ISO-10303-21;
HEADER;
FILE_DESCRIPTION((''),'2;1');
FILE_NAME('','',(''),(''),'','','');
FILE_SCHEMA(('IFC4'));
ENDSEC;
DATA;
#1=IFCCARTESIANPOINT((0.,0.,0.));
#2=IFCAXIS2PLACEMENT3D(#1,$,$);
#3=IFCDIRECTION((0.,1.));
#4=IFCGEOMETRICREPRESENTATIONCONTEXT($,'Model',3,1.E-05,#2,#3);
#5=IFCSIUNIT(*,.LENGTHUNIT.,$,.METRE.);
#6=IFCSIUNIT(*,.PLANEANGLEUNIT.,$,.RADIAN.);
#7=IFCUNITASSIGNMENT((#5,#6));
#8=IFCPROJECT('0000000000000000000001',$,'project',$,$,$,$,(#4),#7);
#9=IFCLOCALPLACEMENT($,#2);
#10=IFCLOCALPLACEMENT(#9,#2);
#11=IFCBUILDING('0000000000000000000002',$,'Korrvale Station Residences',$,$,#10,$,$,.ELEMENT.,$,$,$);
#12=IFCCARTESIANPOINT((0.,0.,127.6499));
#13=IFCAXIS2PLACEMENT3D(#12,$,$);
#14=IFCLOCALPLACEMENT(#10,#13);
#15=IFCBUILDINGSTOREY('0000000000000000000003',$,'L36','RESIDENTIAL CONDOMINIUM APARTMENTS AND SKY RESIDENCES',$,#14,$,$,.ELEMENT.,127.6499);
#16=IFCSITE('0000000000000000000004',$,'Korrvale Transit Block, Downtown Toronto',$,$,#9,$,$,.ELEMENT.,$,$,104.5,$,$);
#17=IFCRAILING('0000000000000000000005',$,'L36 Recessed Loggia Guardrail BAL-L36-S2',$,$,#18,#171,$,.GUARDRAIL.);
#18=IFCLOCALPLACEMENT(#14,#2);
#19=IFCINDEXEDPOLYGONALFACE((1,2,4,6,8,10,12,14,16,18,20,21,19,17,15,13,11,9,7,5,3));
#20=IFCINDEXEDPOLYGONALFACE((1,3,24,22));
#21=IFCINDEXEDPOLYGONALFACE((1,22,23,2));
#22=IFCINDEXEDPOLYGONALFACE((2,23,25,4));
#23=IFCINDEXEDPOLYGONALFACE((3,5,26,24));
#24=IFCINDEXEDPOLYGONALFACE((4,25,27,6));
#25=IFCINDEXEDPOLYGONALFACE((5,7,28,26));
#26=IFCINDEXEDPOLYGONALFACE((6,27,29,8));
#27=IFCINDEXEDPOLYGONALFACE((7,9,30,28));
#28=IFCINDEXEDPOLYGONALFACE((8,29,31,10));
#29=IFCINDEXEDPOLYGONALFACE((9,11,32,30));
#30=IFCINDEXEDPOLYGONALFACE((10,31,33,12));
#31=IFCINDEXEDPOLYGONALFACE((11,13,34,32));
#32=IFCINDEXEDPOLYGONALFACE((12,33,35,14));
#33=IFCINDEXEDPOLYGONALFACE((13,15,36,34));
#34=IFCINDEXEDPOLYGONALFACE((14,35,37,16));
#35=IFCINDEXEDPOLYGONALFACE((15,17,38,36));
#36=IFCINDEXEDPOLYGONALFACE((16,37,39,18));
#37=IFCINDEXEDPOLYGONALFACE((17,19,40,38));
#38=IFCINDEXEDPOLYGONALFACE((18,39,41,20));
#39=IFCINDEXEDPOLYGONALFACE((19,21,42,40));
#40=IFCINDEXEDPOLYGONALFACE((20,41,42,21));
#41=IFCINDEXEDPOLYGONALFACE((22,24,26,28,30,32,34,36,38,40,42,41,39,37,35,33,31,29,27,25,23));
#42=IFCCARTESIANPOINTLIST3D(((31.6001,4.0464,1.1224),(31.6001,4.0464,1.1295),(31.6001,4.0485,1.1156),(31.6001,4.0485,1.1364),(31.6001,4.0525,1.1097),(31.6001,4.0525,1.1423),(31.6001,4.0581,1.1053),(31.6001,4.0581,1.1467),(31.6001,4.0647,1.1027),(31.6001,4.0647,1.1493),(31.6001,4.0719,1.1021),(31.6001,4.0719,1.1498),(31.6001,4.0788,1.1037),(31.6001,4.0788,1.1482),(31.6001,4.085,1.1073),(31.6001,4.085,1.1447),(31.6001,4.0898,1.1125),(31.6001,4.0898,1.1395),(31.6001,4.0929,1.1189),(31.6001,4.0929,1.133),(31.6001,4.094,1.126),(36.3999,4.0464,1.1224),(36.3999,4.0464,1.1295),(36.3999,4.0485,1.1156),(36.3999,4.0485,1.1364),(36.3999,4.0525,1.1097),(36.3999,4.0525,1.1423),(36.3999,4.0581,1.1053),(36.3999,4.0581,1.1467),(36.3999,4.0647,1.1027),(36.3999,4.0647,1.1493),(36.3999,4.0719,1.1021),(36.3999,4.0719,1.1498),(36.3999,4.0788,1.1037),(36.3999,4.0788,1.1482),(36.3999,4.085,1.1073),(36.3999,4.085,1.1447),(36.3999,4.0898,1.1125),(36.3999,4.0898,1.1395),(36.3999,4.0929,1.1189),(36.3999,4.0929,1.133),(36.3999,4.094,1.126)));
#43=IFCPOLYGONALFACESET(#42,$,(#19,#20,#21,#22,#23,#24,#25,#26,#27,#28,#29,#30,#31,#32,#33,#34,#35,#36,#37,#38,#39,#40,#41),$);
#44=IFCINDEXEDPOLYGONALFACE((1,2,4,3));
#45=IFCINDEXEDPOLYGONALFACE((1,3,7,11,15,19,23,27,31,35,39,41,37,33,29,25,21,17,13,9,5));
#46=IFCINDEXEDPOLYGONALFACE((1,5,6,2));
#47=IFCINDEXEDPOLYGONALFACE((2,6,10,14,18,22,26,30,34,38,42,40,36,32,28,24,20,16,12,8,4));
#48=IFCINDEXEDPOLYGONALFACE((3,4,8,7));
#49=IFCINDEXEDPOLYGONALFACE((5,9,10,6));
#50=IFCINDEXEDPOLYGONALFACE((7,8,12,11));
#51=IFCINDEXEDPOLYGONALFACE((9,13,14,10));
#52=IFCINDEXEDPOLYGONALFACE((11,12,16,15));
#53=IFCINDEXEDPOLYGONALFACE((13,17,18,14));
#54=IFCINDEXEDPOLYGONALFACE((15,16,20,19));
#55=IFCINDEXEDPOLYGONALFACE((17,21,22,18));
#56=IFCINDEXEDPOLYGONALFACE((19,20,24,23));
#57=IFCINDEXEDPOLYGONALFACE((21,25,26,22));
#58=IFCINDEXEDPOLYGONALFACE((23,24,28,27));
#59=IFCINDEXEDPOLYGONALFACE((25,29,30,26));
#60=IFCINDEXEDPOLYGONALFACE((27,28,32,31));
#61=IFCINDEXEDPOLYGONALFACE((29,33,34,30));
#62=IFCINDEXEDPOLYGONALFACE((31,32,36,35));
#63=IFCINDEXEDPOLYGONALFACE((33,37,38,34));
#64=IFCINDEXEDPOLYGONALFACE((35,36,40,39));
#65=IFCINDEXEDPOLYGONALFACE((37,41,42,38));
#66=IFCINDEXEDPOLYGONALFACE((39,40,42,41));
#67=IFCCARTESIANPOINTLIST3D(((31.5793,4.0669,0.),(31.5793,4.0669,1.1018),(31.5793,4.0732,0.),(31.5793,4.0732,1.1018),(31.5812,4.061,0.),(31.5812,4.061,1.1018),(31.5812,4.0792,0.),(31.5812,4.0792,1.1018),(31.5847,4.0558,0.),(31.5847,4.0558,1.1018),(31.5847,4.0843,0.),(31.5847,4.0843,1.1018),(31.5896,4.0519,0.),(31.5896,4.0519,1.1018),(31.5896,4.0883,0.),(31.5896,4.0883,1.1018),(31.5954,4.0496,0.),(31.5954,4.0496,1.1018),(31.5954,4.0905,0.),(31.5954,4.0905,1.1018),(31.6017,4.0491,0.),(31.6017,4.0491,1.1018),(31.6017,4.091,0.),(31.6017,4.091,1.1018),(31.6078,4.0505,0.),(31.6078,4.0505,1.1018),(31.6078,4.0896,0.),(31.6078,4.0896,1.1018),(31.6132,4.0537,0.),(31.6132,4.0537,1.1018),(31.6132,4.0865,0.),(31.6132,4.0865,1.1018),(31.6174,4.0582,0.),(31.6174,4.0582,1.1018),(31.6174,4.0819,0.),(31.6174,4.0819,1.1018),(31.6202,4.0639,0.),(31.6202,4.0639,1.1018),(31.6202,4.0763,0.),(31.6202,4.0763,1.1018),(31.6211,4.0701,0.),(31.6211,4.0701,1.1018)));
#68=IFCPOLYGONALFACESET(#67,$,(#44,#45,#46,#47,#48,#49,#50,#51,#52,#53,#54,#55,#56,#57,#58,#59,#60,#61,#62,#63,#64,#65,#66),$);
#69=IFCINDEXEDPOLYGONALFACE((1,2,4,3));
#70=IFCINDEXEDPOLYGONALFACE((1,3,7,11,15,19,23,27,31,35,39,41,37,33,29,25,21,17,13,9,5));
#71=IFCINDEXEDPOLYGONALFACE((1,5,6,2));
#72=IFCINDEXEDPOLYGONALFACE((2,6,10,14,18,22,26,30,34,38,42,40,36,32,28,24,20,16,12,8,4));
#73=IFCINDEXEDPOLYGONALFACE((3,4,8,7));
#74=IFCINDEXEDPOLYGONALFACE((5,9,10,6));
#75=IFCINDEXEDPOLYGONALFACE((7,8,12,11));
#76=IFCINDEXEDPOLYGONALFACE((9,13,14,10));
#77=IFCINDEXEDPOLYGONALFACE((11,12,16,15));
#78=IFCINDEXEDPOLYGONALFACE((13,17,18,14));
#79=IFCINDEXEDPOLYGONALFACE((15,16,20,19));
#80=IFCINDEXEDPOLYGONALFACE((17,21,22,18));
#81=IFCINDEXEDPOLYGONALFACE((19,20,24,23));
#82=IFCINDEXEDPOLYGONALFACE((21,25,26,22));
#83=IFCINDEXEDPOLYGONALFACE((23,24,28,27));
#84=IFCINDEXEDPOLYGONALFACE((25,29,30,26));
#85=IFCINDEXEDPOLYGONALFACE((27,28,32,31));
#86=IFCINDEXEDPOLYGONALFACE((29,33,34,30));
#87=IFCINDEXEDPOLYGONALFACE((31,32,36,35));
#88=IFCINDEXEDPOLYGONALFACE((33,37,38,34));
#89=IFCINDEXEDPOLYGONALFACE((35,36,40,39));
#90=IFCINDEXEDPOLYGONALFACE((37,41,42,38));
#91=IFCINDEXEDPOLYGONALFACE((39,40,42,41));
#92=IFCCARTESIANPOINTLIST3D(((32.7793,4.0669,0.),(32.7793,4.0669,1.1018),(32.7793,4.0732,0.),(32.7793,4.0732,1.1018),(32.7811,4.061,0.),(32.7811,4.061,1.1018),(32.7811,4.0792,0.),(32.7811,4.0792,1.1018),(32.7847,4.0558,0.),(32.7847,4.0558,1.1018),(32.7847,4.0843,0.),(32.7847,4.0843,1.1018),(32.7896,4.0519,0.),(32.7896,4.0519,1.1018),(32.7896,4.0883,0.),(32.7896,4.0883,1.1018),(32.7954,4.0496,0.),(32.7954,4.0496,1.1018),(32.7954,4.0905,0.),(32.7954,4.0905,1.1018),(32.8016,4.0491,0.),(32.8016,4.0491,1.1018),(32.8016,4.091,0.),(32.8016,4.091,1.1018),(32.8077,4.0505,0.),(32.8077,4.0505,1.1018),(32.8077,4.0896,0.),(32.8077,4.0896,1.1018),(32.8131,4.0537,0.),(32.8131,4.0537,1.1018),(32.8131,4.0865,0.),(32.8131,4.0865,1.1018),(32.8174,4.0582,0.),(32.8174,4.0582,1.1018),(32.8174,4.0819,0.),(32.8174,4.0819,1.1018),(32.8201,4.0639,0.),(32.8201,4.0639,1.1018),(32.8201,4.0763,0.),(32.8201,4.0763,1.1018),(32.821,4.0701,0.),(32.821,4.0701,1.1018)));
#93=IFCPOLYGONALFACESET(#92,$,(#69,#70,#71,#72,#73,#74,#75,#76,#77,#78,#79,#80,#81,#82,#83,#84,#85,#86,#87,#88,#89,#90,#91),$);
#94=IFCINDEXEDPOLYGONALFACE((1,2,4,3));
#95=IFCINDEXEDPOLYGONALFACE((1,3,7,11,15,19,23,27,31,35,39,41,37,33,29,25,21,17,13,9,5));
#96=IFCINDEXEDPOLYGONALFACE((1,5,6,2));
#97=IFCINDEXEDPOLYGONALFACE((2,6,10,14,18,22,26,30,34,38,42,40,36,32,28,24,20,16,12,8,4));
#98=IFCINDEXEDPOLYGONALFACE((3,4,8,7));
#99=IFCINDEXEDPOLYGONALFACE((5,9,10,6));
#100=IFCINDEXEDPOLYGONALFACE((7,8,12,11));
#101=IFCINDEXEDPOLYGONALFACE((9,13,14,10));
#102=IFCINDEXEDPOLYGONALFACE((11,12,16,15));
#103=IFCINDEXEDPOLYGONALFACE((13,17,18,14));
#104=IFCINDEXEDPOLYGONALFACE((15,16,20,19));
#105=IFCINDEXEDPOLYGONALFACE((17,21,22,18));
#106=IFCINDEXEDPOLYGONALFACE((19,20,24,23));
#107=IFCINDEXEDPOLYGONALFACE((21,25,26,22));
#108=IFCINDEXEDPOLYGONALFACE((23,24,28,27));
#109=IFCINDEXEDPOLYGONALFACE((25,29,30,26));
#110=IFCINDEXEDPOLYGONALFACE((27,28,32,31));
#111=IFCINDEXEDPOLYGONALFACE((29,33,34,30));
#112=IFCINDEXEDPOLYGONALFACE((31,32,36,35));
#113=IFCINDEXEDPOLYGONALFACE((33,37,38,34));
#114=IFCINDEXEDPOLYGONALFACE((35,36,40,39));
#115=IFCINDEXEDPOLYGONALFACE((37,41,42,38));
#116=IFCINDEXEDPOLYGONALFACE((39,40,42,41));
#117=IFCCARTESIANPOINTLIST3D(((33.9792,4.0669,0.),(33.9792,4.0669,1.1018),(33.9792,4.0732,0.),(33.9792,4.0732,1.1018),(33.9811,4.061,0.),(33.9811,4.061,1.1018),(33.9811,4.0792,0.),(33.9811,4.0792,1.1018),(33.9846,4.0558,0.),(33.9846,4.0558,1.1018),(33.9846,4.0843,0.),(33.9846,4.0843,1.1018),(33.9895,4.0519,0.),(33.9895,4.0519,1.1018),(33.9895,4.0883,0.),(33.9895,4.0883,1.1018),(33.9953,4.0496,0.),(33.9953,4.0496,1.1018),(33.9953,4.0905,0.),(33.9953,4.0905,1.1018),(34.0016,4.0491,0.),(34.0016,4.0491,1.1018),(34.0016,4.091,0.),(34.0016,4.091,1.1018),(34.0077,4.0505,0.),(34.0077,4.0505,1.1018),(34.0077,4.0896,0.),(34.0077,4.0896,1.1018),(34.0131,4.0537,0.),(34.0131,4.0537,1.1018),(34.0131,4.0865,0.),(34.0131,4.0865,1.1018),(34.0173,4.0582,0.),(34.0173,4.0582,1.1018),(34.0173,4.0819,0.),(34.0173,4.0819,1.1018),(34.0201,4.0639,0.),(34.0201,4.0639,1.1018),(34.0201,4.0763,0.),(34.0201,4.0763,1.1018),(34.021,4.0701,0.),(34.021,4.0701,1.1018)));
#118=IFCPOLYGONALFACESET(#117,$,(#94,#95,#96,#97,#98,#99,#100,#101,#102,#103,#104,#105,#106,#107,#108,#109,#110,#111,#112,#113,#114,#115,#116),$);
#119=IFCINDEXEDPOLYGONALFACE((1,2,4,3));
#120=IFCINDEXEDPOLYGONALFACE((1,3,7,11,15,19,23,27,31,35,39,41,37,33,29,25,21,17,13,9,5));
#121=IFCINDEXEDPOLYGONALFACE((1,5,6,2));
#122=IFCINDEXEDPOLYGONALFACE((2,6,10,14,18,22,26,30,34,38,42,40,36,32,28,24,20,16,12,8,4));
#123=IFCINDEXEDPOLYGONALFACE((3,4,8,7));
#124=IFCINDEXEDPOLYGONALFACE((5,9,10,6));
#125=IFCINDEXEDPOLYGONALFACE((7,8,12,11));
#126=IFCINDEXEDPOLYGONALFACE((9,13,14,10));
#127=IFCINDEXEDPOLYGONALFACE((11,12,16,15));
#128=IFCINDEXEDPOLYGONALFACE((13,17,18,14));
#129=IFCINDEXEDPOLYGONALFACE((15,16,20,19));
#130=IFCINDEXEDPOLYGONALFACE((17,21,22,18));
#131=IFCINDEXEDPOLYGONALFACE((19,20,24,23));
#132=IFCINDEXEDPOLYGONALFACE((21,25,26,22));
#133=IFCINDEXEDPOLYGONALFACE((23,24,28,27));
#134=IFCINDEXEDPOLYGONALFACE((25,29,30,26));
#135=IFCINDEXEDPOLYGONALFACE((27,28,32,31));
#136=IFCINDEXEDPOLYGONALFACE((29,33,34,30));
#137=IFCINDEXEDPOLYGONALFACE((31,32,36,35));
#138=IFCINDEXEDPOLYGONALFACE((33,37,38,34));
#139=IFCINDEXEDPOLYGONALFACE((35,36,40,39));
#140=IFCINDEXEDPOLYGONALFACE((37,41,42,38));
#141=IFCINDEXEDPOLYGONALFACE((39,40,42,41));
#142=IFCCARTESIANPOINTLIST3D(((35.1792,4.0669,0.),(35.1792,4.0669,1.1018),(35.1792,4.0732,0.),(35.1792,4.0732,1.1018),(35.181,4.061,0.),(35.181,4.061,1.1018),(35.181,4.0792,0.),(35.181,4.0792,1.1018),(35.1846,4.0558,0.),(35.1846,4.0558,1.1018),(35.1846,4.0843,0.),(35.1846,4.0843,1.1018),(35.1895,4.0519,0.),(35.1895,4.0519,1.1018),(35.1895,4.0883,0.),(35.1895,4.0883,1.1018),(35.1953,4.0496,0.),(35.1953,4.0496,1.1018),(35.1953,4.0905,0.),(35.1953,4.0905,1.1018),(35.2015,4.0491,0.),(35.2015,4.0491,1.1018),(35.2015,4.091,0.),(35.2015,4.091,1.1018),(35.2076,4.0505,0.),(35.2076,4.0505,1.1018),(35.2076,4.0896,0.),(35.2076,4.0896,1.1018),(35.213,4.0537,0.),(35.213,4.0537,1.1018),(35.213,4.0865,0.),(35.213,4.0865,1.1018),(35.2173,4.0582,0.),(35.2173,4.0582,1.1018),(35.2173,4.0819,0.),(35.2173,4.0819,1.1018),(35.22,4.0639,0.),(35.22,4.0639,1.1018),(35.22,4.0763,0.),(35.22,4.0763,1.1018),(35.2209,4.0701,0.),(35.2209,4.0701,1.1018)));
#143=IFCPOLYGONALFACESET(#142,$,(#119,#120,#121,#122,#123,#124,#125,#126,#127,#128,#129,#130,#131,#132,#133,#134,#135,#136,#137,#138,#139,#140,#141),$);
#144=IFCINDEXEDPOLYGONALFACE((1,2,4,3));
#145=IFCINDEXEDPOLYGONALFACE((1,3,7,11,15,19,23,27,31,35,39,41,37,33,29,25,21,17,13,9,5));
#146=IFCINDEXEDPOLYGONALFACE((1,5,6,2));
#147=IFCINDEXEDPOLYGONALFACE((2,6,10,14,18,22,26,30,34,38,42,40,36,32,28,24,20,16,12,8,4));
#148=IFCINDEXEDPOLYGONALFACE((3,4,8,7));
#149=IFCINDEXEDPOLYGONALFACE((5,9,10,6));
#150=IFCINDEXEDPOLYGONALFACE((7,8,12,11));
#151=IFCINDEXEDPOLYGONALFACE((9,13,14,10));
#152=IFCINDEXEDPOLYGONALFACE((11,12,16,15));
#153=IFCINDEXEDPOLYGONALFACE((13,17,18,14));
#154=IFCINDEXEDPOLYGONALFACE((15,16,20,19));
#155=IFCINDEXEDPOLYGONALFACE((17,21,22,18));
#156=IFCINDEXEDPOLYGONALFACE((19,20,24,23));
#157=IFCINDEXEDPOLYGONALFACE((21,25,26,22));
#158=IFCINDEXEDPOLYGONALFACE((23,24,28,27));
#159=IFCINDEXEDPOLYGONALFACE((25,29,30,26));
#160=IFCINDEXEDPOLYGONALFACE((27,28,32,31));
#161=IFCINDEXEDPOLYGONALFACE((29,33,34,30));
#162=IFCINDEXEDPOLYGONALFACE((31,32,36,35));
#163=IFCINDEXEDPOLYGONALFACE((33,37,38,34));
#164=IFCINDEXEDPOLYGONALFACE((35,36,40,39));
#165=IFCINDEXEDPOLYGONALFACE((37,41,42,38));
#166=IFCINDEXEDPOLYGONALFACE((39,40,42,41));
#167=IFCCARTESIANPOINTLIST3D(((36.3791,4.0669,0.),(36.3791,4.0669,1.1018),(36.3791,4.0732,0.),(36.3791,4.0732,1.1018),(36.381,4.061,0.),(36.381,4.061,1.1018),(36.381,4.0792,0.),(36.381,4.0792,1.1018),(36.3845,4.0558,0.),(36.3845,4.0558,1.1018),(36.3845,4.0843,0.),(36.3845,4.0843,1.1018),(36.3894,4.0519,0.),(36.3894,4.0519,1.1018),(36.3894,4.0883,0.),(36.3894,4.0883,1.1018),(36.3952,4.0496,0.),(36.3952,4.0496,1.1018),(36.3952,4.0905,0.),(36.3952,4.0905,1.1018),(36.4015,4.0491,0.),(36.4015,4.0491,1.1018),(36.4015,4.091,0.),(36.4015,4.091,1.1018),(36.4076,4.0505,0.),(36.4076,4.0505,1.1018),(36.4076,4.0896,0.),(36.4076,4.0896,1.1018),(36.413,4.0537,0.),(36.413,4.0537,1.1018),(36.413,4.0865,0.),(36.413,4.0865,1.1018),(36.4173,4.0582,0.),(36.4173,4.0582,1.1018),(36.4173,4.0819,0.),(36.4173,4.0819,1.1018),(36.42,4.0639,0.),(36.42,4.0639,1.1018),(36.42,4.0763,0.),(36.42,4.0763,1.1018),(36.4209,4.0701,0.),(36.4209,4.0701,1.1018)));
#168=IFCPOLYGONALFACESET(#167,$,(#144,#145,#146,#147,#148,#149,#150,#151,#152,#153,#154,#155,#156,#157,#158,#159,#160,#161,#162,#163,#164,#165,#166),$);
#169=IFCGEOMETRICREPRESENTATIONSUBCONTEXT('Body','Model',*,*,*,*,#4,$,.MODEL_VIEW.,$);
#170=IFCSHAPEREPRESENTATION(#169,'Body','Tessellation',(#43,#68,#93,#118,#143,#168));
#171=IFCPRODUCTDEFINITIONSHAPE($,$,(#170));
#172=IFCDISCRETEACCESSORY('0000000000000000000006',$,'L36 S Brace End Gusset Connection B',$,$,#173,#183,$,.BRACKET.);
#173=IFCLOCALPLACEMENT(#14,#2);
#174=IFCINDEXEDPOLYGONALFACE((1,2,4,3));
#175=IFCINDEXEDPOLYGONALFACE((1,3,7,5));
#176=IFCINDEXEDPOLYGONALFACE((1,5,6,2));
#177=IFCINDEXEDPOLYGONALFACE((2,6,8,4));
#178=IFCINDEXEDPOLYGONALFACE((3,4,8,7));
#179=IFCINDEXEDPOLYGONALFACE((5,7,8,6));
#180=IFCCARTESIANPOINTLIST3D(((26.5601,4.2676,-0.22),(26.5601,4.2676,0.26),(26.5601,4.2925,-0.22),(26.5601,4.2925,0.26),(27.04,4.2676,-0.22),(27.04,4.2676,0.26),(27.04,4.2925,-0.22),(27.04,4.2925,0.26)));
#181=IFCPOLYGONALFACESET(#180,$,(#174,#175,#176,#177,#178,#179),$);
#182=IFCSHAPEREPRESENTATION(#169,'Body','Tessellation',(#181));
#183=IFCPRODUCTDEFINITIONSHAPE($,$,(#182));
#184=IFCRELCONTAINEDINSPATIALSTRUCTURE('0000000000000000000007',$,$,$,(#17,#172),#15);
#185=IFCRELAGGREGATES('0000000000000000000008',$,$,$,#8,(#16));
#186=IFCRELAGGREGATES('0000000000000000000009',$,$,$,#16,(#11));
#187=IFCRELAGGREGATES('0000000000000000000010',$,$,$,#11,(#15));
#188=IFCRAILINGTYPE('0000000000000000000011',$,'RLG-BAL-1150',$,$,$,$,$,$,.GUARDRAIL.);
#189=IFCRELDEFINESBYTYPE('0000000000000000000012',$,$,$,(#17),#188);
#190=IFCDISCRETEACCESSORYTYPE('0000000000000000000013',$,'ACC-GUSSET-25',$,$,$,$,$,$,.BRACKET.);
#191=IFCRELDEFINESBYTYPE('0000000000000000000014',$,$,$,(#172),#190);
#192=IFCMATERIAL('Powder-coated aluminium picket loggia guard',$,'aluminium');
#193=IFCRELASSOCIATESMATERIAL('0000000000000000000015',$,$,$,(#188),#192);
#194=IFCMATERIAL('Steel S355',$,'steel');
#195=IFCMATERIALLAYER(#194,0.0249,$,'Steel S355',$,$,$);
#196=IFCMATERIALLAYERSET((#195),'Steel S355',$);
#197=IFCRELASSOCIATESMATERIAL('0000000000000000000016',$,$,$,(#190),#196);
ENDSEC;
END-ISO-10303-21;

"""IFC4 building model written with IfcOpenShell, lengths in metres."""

from ifc_helpers import new_model, si_unit, direction, frame, origin, origin_2d, place, context, subcontext, project, spatial, rectangle, circle, extrude, material, layer, layer_set, type_object, element, save


model = new_model("IFC4")

# Units and contexts
model_context = context("Model", 3, precision=1e-05, world=origin(), true_north=direction((0.0, 1.0)))
body_context = subcontext(model_context, "Body", "Model", "MODEL_VIEW")
ifc_project = project(units=[si_unit("LENGTHUNIT", "METRE"), si_unit("PLANEANGLEUNIT", "RADIAN")], contexts=[model_context])

# Site, building, storey
site_placement = place(None, origin())
site = spatial("IfcSite", under=ifc_project, at=site_placement, Name="Korrvale Transit Block, Downtown Toronto", CompositionType="ELEMENT", RefElevation=104.5)
building_placement = place(site_placement, origin())
building = spatial("IfcBuilding", under=site, at=building_placement, Name="Korrvale Station Residences", CompositionType="ELEMENT")
storey_placement = place(building_placement, frame((0.0, 0.0, 127.6499)))
storey = spatial("IfcBuildingStorey", under=building, at=storey_placement, Name="L36", Description="RESIDENTIAL CONDOMINIUM APARTMENTS AND SKY RESIDENCES", CompositionType="ELEMENT", Elevation=127.6499)

# Shared definitions
ifc_material_1 = material(Name="Steel S355", Category="steel")

# Railing
ifc_material_2 = material(Name="Powder-coated aluminium picket loggia guard", Category="aluminium")
railing_type = type_object("IfcRailingType", Name="RLG-BAL-1150", PredefinedType="GUARDRAIL", material=ifc_material_2)
railing_placement = place(storey_placement, frame((31.6001, 4.0701, 0.0)))
element("IfcRailing", 1, at=railing_placement, inside=storey, type_object=railing_type, Name="L36 Recessed Loggia Guardrail BAL-L36-S2", PredefinedType="GUARDRAIL", context=body_context, shape_type="SweptSolid", body=[
    extrude(circle(Radius=0.0239, at=origin_2d()), frame((0.0, 0.0, 1.126), z_axis=(1.0, 0.0, 0.0), x_axis=(0.0, 1.0, 0.0)), (0.0, 0.0, 1.0), 4.7998),
    extrude(circle(Radius=0.021, at=origin_2d()), origin(), (0.0, 0.0, 1.0), 1.1018),
    extrude(circle(Radius=0.021, at=origin_2d()), frame((1.2, 0.0, 0.0)), (0.0, 0.0, 1.0), 1.1018),
    extrude(circle(Radius=0.021, at=origin_2d()), frame((2.3999, 0.0, 0.0)), (0.0, 0.0, 1.0), 1.1018),
    extrude(circle(Radius=0.021, at=origin_2d()), frame((3.5999, 0.0, 0.0)), (0.0, 0.0, 1.0), 1.1018),
    extrude(circle(Radius=0.021, at=origin_2d()), frame((4.7998, 0.0, 0.0)), (0.0, 0.0, 1.0), 1.1018),
])

# Discrete accessory
ifc_layer_1 = layer(ifc_material_1, 0.0249, Name="Steel S355")
ifc_layer_set_1 = layer_set([ifc_layer_1], Name="Steel S355")
discrete_accessory_type = type_object("IfcDiscreteAccessoryType", Name="ACC-GUSSET-25", PredefinedType="BRACKET", material=ifc_layer_set_1)
discrete_accessory_placement = place(storey_placement, frame((26.8, 4.28, -0.22), z_axis=(0.0, 0.0, 1.0), x_axis=(1.0, 0.0, 0.0)))
element("IfcDiscreteAccessory", 2, at=discrete_accessory_placement, inside=storey, type_object=discrete_accessory_type, Name="L36 S Brace End Gusset Connection B", PredefinedType="BRACKET", context=body_context, shape_type="SweptSolid", body=[
    extrude(rectangle(XDim=0.48, YDim=0.0249, at=origin_2d()), origin(), (0.0, 0.0, 1.0), 0.48),
])

save(model, "model.ifc")
